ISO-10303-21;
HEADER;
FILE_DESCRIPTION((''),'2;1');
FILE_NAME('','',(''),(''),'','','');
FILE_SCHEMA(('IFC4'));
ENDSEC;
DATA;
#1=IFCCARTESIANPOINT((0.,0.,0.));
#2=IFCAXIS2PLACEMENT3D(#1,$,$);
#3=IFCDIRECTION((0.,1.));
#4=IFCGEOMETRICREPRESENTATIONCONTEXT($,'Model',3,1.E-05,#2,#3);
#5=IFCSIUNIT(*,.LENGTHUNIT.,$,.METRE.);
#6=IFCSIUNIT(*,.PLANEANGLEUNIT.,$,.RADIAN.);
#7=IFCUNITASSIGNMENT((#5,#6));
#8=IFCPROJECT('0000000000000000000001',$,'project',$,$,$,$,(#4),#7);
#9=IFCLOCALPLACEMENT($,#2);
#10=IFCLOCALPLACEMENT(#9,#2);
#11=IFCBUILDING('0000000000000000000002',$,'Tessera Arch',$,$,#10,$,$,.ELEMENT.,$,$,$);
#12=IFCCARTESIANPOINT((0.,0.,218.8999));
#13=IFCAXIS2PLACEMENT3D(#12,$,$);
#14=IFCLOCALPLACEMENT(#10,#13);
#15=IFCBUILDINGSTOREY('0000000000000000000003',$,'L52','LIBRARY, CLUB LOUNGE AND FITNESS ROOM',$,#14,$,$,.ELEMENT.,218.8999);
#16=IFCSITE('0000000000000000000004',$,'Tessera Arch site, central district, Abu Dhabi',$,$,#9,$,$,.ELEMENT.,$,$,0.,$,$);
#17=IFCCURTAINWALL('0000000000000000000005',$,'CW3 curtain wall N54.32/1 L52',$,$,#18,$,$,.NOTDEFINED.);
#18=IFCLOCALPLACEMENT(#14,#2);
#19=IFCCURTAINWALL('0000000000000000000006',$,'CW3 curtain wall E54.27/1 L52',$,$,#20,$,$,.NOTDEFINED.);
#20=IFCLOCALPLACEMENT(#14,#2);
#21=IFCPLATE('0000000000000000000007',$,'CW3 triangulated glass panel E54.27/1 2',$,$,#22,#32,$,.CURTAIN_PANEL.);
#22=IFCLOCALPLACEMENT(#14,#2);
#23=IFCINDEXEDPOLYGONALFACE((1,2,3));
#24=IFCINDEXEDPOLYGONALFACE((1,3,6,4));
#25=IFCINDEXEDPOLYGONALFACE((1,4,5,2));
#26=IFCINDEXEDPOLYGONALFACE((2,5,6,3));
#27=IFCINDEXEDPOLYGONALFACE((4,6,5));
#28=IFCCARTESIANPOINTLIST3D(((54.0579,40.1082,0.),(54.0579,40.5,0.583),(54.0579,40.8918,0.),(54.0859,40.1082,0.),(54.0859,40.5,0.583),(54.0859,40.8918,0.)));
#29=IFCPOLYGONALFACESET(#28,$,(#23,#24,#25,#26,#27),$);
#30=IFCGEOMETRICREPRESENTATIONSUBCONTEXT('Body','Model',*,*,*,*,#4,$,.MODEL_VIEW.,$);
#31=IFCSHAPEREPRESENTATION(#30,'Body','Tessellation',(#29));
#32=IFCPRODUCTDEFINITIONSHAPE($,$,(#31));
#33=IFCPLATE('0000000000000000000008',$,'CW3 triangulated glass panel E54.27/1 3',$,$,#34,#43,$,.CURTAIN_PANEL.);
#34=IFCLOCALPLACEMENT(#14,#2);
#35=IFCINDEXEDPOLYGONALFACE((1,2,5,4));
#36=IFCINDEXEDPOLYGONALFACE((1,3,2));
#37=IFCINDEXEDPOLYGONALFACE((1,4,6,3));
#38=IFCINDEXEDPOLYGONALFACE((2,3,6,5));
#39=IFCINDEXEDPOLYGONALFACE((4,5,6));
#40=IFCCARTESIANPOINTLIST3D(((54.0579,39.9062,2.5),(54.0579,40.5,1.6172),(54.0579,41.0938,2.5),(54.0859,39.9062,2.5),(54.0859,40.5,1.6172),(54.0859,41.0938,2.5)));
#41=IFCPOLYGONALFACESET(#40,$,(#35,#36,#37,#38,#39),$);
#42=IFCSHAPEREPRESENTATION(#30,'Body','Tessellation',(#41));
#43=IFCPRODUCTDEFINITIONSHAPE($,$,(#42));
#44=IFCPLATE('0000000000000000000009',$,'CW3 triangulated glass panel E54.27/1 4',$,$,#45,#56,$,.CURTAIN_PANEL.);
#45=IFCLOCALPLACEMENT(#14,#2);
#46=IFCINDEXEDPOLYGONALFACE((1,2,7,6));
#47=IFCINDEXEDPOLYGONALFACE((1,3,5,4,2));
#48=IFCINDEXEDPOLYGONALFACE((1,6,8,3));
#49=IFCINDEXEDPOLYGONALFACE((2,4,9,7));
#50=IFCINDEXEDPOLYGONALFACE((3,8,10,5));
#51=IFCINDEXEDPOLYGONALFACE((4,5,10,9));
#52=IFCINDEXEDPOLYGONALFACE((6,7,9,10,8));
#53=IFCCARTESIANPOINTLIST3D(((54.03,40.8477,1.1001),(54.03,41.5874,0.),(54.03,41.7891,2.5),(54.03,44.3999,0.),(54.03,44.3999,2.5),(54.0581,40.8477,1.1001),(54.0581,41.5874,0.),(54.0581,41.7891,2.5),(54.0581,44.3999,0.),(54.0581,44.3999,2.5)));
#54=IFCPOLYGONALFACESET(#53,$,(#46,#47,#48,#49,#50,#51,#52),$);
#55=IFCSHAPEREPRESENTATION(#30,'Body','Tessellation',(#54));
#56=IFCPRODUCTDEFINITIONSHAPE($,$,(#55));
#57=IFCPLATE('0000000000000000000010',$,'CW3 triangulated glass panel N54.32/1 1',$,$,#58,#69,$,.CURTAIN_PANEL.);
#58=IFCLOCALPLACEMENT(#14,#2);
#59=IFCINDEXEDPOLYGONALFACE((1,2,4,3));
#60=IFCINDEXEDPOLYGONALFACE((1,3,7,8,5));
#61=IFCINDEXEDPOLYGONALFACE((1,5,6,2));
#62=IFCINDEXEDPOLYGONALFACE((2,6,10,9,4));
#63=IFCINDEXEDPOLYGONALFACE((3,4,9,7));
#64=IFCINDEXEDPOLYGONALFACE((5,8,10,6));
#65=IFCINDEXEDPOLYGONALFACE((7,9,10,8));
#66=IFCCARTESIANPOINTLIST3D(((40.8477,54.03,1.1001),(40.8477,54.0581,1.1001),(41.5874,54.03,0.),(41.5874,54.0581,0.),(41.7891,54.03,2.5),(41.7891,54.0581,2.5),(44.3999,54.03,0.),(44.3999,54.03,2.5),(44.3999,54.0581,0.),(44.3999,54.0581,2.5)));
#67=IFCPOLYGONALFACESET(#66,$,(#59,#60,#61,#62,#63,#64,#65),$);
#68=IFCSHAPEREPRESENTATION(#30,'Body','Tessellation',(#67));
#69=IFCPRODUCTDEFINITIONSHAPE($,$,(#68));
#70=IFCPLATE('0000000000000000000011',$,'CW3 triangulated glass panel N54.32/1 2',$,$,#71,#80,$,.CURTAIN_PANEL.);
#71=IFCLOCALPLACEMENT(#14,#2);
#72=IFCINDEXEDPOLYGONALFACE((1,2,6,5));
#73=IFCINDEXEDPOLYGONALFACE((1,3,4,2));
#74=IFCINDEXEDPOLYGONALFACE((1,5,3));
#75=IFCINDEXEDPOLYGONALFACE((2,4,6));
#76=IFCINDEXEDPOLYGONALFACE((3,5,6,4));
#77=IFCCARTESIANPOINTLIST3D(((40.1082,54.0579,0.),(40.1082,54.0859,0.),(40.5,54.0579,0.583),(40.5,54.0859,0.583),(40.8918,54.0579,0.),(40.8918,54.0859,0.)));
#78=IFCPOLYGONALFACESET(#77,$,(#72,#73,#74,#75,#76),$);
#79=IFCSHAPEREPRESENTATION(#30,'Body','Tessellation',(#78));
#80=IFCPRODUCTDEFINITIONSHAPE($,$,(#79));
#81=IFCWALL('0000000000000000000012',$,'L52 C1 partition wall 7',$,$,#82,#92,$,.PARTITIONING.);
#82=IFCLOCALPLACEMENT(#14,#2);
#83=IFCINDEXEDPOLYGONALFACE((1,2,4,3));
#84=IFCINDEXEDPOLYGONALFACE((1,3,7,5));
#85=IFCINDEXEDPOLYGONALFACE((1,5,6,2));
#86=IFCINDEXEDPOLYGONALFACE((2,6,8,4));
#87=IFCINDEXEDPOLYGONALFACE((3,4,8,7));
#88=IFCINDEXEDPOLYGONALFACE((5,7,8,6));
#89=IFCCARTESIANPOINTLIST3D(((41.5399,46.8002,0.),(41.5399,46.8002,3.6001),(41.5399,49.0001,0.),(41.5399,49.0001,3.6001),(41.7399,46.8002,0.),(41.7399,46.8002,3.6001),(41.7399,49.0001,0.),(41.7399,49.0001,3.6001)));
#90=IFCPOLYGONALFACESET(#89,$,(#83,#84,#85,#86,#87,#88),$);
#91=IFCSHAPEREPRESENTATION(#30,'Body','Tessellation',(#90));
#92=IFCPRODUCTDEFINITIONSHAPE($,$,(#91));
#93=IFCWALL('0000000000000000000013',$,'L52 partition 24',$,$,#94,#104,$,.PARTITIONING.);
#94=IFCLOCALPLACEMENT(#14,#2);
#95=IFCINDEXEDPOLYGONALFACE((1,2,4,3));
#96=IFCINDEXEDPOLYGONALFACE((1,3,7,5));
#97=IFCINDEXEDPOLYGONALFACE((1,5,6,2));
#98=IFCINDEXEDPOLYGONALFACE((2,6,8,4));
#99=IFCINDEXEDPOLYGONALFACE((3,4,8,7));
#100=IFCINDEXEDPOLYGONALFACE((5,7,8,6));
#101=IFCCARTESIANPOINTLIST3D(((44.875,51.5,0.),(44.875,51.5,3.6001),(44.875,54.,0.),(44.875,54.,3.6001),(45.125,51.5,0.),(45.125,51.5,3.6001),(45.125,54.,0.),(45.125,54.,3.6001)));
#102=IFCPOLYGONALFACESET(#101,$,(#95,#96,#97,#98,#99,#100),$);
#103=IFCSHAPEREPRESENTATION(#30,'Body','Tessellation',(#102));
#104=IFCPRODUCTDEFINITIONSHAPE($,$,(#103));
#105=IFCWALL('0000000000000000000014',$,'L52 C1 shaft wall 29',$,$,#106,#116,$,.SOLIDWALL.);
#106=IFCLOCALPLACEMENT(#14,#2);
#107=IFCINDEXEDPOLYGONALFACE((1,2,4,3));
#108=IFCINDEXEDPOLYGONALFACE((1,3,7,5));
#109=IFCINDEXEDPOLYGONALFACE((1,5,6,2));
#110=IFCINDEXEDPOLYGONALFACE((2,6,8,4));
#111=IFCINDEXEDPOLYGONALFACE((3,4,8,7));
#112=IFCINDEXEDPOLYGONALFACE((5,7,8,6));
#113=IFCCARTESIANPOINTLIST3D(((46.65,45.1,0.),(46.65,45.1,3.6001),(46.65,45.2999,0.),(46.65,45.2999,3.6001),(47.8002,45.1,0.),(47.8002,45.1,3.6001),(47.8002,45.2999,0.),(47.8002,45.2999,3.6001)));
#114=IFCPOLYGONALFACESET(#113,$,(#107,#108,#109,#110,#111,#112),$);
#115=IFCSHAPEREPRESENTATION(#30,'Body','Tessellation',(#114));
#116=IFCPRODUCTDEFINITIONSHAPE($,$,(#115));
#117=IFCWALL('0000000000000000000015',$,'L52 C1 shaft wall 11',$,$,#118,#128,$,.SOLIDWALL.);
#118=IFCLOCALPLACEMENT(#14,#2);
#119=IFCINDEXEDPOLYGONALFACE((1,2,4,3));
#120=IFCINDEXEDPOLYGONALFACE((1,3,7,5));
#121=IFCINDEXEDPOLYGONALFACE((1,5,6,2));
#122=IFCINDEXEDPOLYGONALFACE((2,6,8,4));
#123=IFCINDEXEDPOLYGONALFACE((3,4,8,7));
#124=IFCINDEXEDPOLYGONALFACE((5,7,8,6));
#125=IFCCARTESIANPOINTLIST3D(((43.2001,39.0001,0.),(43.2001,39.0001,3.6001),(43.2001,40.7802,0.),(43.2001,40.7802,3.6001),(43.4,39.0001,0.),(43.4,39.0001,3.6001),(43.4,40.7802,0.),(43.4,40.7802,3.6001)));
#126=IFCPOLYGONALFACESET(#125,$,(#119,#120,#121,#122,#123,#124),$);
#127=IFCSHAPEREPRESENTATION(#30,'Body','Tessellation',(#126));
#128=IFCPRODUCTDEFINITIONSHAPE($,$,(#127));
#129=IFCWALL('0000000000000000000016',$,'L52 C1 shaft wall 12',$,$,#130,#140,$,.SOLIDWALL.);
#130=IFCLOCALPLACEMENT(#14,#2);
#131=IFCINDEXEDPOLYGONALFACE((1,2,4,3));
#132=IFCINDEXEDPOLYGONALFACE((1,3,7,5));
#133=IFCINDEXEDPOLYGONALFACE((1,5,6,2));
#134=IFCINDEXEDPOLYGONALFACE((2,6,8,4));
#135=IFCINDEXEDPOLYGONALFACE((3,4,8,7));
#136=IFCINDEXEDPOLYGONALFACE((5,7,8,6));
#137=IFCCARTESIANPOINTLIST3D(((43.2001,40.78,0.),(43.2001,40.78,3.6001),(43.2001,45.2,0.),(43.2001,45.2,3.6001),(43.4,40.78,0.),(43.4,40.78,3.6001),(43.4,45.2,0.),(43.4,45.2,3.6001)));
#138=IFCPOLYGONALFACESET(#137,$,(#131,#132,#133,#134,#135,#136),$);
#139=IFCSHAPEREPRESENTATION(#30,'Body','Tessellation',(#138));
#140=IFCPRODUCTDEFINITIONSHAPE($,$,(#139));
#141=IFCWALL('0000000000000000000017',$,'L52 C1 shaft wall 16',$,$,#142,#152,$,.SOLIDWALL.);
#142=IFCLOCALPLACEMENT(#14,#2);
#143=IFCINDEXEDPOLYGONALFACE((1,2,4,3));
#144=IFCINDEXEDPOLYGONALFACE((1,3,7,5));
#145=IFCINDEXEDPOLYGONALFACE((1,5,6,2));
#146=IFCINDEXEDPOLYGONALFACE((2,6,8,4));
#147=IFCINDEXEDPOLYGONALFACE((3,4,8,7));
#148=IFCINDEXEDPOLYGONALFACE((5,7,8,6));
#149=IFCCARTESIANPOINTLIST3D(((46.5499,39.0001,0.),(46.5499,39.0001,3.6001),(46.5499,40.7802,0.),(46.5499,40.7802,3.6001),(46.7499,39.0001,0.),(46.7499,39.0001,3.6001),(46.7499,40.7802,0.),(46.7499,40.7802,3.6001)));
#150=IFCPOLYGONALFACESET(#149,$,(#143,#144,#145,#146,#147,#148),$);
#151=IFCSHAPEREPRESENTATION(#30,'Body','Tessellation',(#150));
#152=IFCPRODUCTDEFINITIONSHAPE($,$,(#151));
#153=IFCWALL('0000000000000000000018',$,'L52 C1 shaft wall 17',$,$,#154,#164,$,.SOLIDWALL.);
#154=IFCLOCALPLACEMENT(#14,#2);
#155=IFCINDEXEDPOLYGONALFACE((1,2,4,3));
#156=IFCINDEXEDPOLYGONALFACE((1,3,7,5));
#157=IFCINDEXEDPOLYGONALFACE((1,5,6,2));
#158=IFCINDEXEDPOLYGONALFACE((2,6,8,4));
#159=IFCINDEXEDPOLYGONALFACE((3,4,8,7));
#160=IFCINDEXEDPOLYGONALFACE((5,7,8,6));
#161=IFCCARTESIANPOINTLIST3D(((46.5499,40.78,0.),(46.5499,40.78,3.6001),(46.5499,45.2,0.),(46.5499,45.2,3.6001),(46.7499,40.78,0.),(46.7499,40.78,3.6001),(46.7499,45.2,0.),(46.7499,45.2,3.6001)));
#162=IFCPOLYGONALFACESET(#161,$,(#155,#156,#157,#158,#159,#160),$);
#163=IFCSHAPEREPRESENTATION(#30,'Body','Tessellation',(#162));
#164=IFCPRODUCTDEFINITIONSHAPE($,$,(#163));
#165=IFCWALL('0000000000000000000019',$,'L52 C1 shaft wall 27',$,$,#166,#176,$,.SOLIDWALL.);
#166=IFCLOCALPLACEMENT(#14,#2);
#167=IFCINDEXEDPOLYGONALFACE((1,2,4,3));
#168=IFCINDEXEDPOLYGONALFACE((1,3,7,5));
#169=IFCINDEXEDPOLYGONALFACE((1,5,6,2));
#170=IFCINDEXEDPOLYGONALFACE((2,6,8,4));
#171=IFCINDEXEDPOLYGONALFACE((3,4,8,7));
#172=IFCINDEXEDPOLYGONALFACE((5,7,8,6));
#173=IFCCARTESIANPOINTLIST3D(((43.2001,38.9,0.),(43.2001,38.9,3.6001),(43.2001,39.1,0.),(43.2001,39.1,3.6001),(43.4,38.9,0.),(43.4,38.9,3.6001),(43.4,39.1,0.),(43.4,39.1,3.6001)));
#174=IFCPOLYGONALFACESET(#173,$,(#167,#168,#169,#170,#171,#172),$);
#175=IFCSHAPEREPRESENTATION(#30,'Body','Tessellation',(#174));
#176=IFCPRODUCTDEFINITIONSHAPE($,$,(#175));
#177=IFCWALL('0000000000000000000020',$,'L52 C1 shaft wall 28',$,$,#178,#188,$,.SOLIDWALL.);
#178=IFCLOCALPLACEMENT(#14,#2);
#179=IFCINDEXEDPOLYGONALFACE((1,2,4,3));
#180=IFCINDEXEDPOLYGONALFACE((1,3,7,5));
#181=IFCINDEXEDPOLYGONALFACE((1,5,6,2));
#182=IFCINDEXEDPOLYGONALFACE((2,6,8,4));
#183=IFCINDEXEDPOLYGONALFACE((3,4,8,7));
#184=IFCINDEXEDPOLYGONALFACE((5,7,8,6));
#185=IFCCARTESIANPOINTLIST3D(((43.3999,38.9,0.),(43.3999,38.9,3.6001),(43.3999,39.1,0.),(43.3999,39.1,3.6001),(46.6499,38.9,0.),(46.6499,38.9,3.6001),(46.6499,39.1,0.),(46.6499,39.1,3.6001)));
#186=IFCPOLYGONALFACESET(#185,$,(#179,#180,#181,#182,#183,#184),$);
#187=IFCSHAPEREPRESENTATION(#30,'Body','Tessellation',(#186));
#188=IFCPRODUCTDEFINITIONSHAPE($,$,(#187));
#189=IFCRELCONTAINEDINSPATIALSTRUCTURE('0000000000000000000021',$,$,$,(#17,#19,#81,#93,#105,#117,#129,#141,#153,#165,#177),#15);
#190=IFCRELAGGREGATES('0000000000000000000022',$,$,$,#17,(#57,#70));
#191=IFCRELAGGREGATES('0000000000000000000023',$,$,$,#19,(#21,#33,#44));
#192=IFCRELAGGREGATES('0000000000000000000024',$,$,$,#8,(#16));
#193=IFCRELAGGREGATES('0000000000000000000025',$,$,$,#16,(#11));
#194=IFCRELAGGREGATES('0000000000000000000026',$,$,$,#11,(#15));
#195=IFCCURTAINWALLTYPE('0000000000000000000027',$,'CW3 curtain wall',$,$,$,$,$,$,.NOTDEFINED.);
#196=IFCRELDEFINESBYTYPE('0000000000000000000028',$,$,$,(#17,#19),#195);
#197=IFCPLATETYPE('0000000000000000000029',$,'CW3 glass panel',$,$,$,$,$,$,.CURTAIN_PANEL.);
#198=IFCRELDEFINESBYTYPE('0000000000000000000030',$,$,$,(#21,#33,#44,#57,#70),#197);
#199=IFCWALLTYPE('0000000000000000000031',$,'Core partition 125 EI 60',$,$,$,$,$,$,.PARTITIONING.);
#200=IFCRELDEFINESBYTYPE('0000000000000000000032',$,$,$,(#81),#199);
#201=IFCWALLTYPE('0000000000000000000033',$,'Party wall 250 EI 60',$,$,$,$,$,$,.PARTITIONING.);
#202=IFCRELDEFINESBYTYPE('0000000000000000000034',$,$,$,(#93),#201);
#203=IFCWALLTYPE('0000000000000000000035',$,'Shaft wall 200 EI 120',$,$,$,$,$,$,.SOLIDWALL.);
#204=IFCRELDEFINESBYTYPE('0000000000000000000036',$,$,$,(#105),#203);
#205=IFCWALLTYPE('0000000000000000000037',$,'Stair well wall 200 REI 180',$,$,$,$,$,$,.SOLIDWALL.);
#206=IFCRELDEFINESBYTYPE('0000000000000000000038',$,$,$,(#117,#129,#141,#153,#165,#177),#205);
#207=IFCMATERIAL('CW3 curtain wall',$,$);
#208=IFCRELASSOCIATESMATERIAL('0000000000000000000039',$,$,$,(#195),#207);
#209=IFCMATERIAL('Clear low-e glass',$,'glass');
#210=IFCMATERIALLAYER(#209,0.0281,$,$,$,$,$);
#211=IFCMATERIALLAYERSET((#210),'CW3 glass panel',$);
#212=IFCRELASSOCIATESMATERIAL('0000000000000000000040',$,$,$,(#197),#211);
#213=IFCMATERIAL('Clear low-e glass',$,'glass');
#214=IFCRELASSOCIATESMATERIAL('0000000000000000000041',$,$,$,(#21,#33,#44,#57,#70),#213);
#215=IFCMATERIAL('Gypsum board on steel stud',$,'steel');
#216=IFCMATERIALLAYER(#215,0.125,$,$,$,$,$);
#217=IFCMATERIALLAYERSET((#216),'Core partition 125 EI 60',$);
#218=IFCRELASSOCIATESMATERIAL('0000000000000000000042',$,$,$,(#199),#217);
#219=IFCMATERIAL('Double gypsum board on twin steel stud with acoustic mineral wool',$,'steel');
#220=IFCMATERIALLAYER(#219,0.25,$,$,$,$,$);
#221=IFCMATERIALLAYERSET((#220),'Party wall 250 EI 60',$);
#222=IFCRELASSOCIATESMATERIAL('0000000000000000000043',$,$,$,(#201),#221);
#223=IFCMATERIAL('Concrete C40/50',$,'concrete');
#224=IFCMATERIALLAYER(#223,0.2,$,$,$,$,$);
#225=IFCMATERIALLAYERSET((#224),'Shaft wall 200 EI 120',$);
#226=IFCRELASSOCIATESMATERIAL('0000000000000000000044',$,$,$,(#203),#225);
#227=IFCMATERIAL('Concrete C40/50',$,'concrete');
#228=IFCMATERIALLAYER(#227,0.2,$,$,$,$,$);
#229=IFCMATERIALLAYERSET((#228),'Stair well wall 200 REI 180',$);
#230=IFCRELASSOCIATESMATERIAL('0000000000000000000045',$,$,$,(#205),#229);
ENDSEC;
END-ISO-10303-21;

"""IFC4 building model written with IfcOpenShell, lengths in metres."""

from ifc_helpers import new_model, si_unit, direction, frame, frame_2d, origin, place, context, subcontext, project, spatial, polyline, rectangle, outline, extrude, material, layer, layer_set, type_object, element, aggregate, save


model = new_model("IFC4")

# Units and contexts
model_context = context("Model", 3, precision=1e-05, world=origin(), true_north=direction((0.0, 1.0)))
body_context = subcontext(model_context, "Body", "Model", "MODEL_VIEW")
ifc_project = project(units=[si_unit("LENGTHUNIT", "METRE"), si_unit("PLANEANGLEUNIT", "RADIAN")], contexts=[model_context])

# Site, building, storey
site_placement = place(None, origin())
site = spatial("IfcSite", under=ifc_project, at=site_placement, Name="Tessera Arch site, central district, Abu Dhabi", CompositionType="ELEMENT", RefElevation=0.0)
building_placement = place(site_placement, origin())
building = spatial("IfcBuilding", under=site, at=building_placement, Name="Tessera Arch", CompositionType="ELEMENT")
storey_placement = place(building_placement, frame((0.0, 0.0, 218.8999)))
storey = spatial("IfcBuildingStorey", under=building, at=storey_placement, Name="L52", Description="LIBRARY, CLUB LOUNGE AND FITNESS ROOM", CompositionType="ELEMENT", Elevation=218.8999)

# Curtain wall
ifc_material_1 = material(Name="CW3 curtain wall")
curtain_wall_type_1 = type_object("IfcCurtainWallType", Name="CW3 curtain wall", PredefinedType="NOTDEFINED", material=ifc_material_1)
curtain_wall_1_placement = place(storey_placement, origin())
curtain_wall_1 = element("IfcCurtainWall", 1, at=curtain_wall_1_placement, inside=storey, type_object=curtain_wall_type_1, Name="CW3 curtain wall N54.32/1 L52", PredefinedType="NOTDEFINED")

# Shared definitions
ifc_material_2 = material(Name="Clear low-e glass", Category="glass")

# Curtain wall, plates
curtain_wall_2_placement = place(storey_placement, origin())
curtain_wall_2 = element("IfcCurtainWall", 2, at=curtain_wall_2_placement, inside=storey, type_object=curtain_wall_type_1, Name="CW3 curtain wall E54.27/1 L52", PredefinedType="NOTDEFINED")
ifc_material_3 = material(Name="Clear low-e glass", Category="glass")
ifc_layer_1 = layer(ifc_material_3, 0.0281)
ifc_layer_set_1 = layer_set([ifc_layer_1], Name="CW3 glass panel")
plate_type_1 = type_object("IfcPlateType", Name="CW3 glass panel", PredefinedType="CURTAIN_PANEL", material=ifc_layer_set_1)
plate_1_placement = place(storey_placement, frame((54.0859, 40.1082, 0.0), z_axis=(1.0, 0.0, 0.0), x_axis=(0.0, 1.0, 0.0)))
plate_1 = element("IfcPlate", 3, at=plate_1_placement, type_object=plate_type_1, material=ifc_material_2, Name="CW3 triangulated glass panel E54.27/1 2", PredefinedType="CURTAIN_PANEL", context=body_context, shape_type="SweptSolid", body=[
    extrude(outline(polyline([(0.0, 0.0), (0.7837, 0.0), (0.3918, 0.583), (0.0, 0.0)])), origin(), (0.0, 0.0, -1.0), 0.0281),
])
plate_2_placement = place(storey_placement, frame((54.0859, 41.0938, 2.5), z_axis=(1.0, 0.0, 0.0), x_axis=(0.0, -1.0, 0.0)))
plate_2 = element("IfcPlate", 4, at=plate_2_placement, type_object=plate_type_1, material=ifc_material_2, Name="CW3 triangulated glass panel E54.27/1 3", PredefinedType="CURTAIN_PANEL", context=body_context, shape_type="SweptSolid", body=[
    extrude(outline(polyline([(0.0, 0.0), (1.1875, 0.0), (0.5938, 0.8828), (0.0, 0.0)])), origin(), (0.0, 0.0, -1.0), 0.0281),
])
plate_3_placement = place(storey_placement, frame((54.0581, 44.3999, 2.5), z_axis=(1.0, 0.0, 0.0), x_axis=(0.0, -1.0, 0.0)))
plate_3 = element("IfcPlate", 5, at=plate_3_placement, type_object=plate_type_1, material=ifc_material_2, Name="CW3 triangulated glass panel E54.27/1 4", PredefinedType="CURTAIN_PANEL", context=body_context, shape_type="SweptSolid", body=[
    extrude(outline(polyline([(0.0, 0.0), (2.6108, 0.0), (3.5522, 1.3999), (2.8125, 2.5), (0.0, 2.5), (0.0, 0.0)])), origin(), (0.0, 0.0, -1.0), 0.0281),
])

# Plates
plate_4_placement = place(storey_placement, frame((44.3999, 54.0581, 0.0), z_axis=(0.0, 1.0, 0.0), x_axis=(-1.0, 0.0, 0.0)))
plate_4 = element("IfcPlate", 6, at=plate_4_placement, type_object=plate_type_1, material=ifc_material_2, Name="CW3 triangulated glass panel N54.32/1 1", PredefinedType="CURTAIN_PANEL", context=body_context, shape_type="SweptSolid", body=[
    extrude(outline(polyline([(0.0, 0.0), (2.8125, 0.0), (3.5522, 1.1001), (2.6108, 2.5), (0.0, 2.5), (0.0, 0.0)])), origin(), (0.0, 0.0, -1.0), 0.0281),
])
plate_5_placement = place(storey_placement, frame((40.8918, 54.0859, 0.0), z_axis=(0.0, 1.0, 0.0), x_axis=(-1.0, 0.0, 0.0)))
plate_5 = element("IfcPlate", 7, at=plate_5_placement, type_object=plate_type_1, material=ifc_material_2, Name="CW3 triangulated glass panel N54.32/1 2", PredefinedType="CURTAIN_PANEL", context=body_context, shape_type="SweptSolid", body=[
    extrude(outline(polyline([(0.0, 0.0), (0.7837, 0.0), (0.3918, 0.583), (0.0, 0.0)])), origin(), (0.0, 0.0, -1.0), 0.0281),
])
aggregate(curtain_wall_1, [plate_4, plate_5])

# Walls
ifc_material_4 = material(Name="Gypsum board on steel stud", Category="steel")
ifc_layer_2 = layer(ifc_material_4, 0.125)
ifc_layer_set_2 = layer_set([ifc_layer_2], Name="Core partition 125 EI 60")
wall_type_1 = type_object("IfcWallType", Name="Core partition 125 EI 60", PredefinedType="PARTITIONING", material=ifc_layer_set_2)
wall_1_placement = place(storey_placement, frame((41.6399, 46.8, 0.0), z_axis=(0.0, 0.0, 1.0), x_axis=(0.0, 1.0, 0.0)))
element("IfcWall", 8, at=wall_1_placement, inside=storey, type_object=wall_type_1, Name="L52 C1 partition wall 7", PredefinedType="PARTITIONING", context=body_context, shape_type="SweptSolid", body=[
    extrude(rectangle(XDim=2.2, YDim=0.2, at=frame_2d((1.1001, 0.0))), origin(), (0.0, 0.0, 1.0), 3.6001),
])
ifc_material_5 = material(Name="Double gypsum board on twin steel stud with acoustic mineral wool", Category="steel")
ifc_layer_3 = layer(ifc_material_5, 0.25)
ifc_layer_set_3 = layer_set([ifc_layer_3], Name="Party wall 250 EI 60")
wall_type_2 = type_object("IfcWallType", Name="Party wall 250 EI 60", PredefinedType="PARTITIONING", material=ifc_layer_set_3)
wall_2_placement = place(storey_placement, frame((45.0, 51.5, 0.0), z_axis=(0.0, 0.0, 1.0), x_axis=(0.0, 1.0, 0.0)))
element("IfcWall", 9, at=wall_2_placement, inside=storey, type_object=wall_type_2, Name="L52 partition 24", PredefinedType="PARTITIONING", context=body_context, shape_type="SweptSolid", body=[
    extrude(rectangle(XDim=2.5, YDim=0.25, at=frame_2d((1.25, 0.0))), origin(), (0.0, 0.0, 1.0), 3.6001),
])
ifc_material_6 = material(Name="Concrete C40/50", Category="concrete")
ifc_layer_4 = layer(ifc_material_6, 0.2)
ifc_layer_set_4 = layer_set([ifc_layer_4], Name="Shaft wall 200 EI 120")
wall_type_3 = type_object("IfcWallType", Name="Shaft wall 200 EI 120", PredefinedType="SOLIDWALL", material=ifc_layer_set_4)
wall_3_placement = place(storey_placement, frame((46.6499, 45.2, 0.0), z_axis=(0.0, 0.0, 1.0), x_axis=(1.0, 0.0, 0.0)))
element("IfcWall", 10, at=wall_3_placement, inside=storey, type_object=wall_type_3, Name="L52 C1 shaft wall 29", PredefinedType="SOLIDWALL", context=body_context, shape_type="SweptSolid", body=[
    extrude(rectangle(XDim=1.1501, YDim=0.2, at=frame_2d((0.5752, 0.0))), origin(), (0.0, 0.0, 1.0), 3.6001),
])
ifc_material_7 = material(Name="Concrete C40/50", Category="concrete")
ifc_layer_5 = layer(ifc_material_7, 0.2)
ifc_layer_set_5 = layer_set([ifc_layer_5], Name="Stair well wall 200 REI 180")
wall_type_4 = type_object("IfcWallType", Name="Stair well wall 200 REI 180", PredefinedType="SOLIDWALL", material=ifc_layer_set_5)
wall_4_placement = place(storey_placement, frame((43.3, 39.0, 0.0), z_axis=(0.0, 0.0, 1.0), x_axis=(0.0, 1.0, 0.0)))
element("IfcWall", 11, at=wall_4_placement, inside=storey, type_object=wall_type_4, Name="L52 C1 shaft wall 11", PredefinedType="SOLIDWALL", context=body_context, shape_type="SweptSolid", body=[
    extrude(rectangle(XDim=1.78, YDim=0.2, at=frame_2d((0.8901, 0.0))), origin(), (0.0, 0.0, 1.0), 3.6001),
])
wall_5_placement = place(storey_placement, frame((43.3, 40.78, 0.0), z_axis=(0.0, 0.0, 1.0), x_axis=(0.0, 1.0, 0.0)))
element("IfcWall", 12, at=wall_5_placement, inside=storey, type_object=wall_type_4, Name="L52 C1 shaft wall 12", PredefinedType="SOLIDWALL", context=body_context, shape_type="SweptSolid", body=[
    extrude(rectangle(XDim=4.4199, YDim=0.2, at=frame_2d((2.21, 0.0))), origin(), (0.0, 0.0, 1.0), 3.6001),
])
wall_6_placement = place(storey_placement, frame((46.6499, 39.0, 0.0), z_axis=(0.0, 0.0, 1.0), x_axis=(0.0, 1.0, 0.0)))
element("IfcWall", 13, at=wall_6_placement, inside=storey, type_object=wall_type_4, Name="L52 C1 shaft wall 16", PredefinedType="SOLIDWALL", context=body_context, shape_type="SweptSolid", body=[
    extrude(rectangle(XDim=1.78, YDim=0.2, at=frame_2d((0.8901, 0.0))), origin(), (0.0, 0.0, 1.0), 3.6001),
])
wall_7_placement = place(storey_placement, frame((46.6499, 40.78, 0.0), z_axis=(0.0, 0.0, 1.0), x_axis=(0.0, 1.0, 0.0)))
element("IfcWall", 14, at=wall_7_placement, inside=storey, type_object=wall_type_4, Name="L52 C1 shaft wall 17", PredefinedType="SOLIDWALL", context=body_context, shape_type="SweptSolid", body=[
    extrude(rectangle(XDim=4.4199, YDim=0.2, at=frame_2d((2.21, 0.0))), origin(), (0.0, 0.0, 1.0), 3.6001),
])
wall_8_placement = place(storey_placement, frame((43.2, 39.0, 0.0), z_axis=(0.0, 0.0, 1.0), x_axis=(1.0, 0.0, 0.0)))
element("IfcWall", 15, at=wall_8_placement, inside=storey, type_object=wall_type_4, Name="L52 C1 shaft wall 27", PredefinedType="SOLIDWALL", context=body_context, shape_type="SweptSolid", body=[
    extrude(rectangle(XDim=0.2, YDim=0.2, at=frame_2d((0.1001, 0.0))), origin(), (0.0, 0.0, 1.0), 3.6001),
])
wall_9_placement = place(storey_placement, frame((43.3999, 39.0, 0.0), z_axis=(0.0, 0.0, 1.0), x_axis=(1.0, 0.0, 0.0)))
element("IfcWall", 16, at=wall_9_placement, inside=storey, type_object=wall_type_4, Name="L52 C1 shaft wall 28", PredefinedType="SOLIDWALL", context=body_context, shape_type="SweptSolid", body=[
    extrude(rectangle(XDim=3.25, YDim=0.2, at=frame_2d((1.625, 0.0))), origin(), (0.0, 0.0, 1.0), 3.6001),
])

aggregate(curtain_wall_2, [plate_1, plate_2, plate_3])

save(model, "model.ifc")
